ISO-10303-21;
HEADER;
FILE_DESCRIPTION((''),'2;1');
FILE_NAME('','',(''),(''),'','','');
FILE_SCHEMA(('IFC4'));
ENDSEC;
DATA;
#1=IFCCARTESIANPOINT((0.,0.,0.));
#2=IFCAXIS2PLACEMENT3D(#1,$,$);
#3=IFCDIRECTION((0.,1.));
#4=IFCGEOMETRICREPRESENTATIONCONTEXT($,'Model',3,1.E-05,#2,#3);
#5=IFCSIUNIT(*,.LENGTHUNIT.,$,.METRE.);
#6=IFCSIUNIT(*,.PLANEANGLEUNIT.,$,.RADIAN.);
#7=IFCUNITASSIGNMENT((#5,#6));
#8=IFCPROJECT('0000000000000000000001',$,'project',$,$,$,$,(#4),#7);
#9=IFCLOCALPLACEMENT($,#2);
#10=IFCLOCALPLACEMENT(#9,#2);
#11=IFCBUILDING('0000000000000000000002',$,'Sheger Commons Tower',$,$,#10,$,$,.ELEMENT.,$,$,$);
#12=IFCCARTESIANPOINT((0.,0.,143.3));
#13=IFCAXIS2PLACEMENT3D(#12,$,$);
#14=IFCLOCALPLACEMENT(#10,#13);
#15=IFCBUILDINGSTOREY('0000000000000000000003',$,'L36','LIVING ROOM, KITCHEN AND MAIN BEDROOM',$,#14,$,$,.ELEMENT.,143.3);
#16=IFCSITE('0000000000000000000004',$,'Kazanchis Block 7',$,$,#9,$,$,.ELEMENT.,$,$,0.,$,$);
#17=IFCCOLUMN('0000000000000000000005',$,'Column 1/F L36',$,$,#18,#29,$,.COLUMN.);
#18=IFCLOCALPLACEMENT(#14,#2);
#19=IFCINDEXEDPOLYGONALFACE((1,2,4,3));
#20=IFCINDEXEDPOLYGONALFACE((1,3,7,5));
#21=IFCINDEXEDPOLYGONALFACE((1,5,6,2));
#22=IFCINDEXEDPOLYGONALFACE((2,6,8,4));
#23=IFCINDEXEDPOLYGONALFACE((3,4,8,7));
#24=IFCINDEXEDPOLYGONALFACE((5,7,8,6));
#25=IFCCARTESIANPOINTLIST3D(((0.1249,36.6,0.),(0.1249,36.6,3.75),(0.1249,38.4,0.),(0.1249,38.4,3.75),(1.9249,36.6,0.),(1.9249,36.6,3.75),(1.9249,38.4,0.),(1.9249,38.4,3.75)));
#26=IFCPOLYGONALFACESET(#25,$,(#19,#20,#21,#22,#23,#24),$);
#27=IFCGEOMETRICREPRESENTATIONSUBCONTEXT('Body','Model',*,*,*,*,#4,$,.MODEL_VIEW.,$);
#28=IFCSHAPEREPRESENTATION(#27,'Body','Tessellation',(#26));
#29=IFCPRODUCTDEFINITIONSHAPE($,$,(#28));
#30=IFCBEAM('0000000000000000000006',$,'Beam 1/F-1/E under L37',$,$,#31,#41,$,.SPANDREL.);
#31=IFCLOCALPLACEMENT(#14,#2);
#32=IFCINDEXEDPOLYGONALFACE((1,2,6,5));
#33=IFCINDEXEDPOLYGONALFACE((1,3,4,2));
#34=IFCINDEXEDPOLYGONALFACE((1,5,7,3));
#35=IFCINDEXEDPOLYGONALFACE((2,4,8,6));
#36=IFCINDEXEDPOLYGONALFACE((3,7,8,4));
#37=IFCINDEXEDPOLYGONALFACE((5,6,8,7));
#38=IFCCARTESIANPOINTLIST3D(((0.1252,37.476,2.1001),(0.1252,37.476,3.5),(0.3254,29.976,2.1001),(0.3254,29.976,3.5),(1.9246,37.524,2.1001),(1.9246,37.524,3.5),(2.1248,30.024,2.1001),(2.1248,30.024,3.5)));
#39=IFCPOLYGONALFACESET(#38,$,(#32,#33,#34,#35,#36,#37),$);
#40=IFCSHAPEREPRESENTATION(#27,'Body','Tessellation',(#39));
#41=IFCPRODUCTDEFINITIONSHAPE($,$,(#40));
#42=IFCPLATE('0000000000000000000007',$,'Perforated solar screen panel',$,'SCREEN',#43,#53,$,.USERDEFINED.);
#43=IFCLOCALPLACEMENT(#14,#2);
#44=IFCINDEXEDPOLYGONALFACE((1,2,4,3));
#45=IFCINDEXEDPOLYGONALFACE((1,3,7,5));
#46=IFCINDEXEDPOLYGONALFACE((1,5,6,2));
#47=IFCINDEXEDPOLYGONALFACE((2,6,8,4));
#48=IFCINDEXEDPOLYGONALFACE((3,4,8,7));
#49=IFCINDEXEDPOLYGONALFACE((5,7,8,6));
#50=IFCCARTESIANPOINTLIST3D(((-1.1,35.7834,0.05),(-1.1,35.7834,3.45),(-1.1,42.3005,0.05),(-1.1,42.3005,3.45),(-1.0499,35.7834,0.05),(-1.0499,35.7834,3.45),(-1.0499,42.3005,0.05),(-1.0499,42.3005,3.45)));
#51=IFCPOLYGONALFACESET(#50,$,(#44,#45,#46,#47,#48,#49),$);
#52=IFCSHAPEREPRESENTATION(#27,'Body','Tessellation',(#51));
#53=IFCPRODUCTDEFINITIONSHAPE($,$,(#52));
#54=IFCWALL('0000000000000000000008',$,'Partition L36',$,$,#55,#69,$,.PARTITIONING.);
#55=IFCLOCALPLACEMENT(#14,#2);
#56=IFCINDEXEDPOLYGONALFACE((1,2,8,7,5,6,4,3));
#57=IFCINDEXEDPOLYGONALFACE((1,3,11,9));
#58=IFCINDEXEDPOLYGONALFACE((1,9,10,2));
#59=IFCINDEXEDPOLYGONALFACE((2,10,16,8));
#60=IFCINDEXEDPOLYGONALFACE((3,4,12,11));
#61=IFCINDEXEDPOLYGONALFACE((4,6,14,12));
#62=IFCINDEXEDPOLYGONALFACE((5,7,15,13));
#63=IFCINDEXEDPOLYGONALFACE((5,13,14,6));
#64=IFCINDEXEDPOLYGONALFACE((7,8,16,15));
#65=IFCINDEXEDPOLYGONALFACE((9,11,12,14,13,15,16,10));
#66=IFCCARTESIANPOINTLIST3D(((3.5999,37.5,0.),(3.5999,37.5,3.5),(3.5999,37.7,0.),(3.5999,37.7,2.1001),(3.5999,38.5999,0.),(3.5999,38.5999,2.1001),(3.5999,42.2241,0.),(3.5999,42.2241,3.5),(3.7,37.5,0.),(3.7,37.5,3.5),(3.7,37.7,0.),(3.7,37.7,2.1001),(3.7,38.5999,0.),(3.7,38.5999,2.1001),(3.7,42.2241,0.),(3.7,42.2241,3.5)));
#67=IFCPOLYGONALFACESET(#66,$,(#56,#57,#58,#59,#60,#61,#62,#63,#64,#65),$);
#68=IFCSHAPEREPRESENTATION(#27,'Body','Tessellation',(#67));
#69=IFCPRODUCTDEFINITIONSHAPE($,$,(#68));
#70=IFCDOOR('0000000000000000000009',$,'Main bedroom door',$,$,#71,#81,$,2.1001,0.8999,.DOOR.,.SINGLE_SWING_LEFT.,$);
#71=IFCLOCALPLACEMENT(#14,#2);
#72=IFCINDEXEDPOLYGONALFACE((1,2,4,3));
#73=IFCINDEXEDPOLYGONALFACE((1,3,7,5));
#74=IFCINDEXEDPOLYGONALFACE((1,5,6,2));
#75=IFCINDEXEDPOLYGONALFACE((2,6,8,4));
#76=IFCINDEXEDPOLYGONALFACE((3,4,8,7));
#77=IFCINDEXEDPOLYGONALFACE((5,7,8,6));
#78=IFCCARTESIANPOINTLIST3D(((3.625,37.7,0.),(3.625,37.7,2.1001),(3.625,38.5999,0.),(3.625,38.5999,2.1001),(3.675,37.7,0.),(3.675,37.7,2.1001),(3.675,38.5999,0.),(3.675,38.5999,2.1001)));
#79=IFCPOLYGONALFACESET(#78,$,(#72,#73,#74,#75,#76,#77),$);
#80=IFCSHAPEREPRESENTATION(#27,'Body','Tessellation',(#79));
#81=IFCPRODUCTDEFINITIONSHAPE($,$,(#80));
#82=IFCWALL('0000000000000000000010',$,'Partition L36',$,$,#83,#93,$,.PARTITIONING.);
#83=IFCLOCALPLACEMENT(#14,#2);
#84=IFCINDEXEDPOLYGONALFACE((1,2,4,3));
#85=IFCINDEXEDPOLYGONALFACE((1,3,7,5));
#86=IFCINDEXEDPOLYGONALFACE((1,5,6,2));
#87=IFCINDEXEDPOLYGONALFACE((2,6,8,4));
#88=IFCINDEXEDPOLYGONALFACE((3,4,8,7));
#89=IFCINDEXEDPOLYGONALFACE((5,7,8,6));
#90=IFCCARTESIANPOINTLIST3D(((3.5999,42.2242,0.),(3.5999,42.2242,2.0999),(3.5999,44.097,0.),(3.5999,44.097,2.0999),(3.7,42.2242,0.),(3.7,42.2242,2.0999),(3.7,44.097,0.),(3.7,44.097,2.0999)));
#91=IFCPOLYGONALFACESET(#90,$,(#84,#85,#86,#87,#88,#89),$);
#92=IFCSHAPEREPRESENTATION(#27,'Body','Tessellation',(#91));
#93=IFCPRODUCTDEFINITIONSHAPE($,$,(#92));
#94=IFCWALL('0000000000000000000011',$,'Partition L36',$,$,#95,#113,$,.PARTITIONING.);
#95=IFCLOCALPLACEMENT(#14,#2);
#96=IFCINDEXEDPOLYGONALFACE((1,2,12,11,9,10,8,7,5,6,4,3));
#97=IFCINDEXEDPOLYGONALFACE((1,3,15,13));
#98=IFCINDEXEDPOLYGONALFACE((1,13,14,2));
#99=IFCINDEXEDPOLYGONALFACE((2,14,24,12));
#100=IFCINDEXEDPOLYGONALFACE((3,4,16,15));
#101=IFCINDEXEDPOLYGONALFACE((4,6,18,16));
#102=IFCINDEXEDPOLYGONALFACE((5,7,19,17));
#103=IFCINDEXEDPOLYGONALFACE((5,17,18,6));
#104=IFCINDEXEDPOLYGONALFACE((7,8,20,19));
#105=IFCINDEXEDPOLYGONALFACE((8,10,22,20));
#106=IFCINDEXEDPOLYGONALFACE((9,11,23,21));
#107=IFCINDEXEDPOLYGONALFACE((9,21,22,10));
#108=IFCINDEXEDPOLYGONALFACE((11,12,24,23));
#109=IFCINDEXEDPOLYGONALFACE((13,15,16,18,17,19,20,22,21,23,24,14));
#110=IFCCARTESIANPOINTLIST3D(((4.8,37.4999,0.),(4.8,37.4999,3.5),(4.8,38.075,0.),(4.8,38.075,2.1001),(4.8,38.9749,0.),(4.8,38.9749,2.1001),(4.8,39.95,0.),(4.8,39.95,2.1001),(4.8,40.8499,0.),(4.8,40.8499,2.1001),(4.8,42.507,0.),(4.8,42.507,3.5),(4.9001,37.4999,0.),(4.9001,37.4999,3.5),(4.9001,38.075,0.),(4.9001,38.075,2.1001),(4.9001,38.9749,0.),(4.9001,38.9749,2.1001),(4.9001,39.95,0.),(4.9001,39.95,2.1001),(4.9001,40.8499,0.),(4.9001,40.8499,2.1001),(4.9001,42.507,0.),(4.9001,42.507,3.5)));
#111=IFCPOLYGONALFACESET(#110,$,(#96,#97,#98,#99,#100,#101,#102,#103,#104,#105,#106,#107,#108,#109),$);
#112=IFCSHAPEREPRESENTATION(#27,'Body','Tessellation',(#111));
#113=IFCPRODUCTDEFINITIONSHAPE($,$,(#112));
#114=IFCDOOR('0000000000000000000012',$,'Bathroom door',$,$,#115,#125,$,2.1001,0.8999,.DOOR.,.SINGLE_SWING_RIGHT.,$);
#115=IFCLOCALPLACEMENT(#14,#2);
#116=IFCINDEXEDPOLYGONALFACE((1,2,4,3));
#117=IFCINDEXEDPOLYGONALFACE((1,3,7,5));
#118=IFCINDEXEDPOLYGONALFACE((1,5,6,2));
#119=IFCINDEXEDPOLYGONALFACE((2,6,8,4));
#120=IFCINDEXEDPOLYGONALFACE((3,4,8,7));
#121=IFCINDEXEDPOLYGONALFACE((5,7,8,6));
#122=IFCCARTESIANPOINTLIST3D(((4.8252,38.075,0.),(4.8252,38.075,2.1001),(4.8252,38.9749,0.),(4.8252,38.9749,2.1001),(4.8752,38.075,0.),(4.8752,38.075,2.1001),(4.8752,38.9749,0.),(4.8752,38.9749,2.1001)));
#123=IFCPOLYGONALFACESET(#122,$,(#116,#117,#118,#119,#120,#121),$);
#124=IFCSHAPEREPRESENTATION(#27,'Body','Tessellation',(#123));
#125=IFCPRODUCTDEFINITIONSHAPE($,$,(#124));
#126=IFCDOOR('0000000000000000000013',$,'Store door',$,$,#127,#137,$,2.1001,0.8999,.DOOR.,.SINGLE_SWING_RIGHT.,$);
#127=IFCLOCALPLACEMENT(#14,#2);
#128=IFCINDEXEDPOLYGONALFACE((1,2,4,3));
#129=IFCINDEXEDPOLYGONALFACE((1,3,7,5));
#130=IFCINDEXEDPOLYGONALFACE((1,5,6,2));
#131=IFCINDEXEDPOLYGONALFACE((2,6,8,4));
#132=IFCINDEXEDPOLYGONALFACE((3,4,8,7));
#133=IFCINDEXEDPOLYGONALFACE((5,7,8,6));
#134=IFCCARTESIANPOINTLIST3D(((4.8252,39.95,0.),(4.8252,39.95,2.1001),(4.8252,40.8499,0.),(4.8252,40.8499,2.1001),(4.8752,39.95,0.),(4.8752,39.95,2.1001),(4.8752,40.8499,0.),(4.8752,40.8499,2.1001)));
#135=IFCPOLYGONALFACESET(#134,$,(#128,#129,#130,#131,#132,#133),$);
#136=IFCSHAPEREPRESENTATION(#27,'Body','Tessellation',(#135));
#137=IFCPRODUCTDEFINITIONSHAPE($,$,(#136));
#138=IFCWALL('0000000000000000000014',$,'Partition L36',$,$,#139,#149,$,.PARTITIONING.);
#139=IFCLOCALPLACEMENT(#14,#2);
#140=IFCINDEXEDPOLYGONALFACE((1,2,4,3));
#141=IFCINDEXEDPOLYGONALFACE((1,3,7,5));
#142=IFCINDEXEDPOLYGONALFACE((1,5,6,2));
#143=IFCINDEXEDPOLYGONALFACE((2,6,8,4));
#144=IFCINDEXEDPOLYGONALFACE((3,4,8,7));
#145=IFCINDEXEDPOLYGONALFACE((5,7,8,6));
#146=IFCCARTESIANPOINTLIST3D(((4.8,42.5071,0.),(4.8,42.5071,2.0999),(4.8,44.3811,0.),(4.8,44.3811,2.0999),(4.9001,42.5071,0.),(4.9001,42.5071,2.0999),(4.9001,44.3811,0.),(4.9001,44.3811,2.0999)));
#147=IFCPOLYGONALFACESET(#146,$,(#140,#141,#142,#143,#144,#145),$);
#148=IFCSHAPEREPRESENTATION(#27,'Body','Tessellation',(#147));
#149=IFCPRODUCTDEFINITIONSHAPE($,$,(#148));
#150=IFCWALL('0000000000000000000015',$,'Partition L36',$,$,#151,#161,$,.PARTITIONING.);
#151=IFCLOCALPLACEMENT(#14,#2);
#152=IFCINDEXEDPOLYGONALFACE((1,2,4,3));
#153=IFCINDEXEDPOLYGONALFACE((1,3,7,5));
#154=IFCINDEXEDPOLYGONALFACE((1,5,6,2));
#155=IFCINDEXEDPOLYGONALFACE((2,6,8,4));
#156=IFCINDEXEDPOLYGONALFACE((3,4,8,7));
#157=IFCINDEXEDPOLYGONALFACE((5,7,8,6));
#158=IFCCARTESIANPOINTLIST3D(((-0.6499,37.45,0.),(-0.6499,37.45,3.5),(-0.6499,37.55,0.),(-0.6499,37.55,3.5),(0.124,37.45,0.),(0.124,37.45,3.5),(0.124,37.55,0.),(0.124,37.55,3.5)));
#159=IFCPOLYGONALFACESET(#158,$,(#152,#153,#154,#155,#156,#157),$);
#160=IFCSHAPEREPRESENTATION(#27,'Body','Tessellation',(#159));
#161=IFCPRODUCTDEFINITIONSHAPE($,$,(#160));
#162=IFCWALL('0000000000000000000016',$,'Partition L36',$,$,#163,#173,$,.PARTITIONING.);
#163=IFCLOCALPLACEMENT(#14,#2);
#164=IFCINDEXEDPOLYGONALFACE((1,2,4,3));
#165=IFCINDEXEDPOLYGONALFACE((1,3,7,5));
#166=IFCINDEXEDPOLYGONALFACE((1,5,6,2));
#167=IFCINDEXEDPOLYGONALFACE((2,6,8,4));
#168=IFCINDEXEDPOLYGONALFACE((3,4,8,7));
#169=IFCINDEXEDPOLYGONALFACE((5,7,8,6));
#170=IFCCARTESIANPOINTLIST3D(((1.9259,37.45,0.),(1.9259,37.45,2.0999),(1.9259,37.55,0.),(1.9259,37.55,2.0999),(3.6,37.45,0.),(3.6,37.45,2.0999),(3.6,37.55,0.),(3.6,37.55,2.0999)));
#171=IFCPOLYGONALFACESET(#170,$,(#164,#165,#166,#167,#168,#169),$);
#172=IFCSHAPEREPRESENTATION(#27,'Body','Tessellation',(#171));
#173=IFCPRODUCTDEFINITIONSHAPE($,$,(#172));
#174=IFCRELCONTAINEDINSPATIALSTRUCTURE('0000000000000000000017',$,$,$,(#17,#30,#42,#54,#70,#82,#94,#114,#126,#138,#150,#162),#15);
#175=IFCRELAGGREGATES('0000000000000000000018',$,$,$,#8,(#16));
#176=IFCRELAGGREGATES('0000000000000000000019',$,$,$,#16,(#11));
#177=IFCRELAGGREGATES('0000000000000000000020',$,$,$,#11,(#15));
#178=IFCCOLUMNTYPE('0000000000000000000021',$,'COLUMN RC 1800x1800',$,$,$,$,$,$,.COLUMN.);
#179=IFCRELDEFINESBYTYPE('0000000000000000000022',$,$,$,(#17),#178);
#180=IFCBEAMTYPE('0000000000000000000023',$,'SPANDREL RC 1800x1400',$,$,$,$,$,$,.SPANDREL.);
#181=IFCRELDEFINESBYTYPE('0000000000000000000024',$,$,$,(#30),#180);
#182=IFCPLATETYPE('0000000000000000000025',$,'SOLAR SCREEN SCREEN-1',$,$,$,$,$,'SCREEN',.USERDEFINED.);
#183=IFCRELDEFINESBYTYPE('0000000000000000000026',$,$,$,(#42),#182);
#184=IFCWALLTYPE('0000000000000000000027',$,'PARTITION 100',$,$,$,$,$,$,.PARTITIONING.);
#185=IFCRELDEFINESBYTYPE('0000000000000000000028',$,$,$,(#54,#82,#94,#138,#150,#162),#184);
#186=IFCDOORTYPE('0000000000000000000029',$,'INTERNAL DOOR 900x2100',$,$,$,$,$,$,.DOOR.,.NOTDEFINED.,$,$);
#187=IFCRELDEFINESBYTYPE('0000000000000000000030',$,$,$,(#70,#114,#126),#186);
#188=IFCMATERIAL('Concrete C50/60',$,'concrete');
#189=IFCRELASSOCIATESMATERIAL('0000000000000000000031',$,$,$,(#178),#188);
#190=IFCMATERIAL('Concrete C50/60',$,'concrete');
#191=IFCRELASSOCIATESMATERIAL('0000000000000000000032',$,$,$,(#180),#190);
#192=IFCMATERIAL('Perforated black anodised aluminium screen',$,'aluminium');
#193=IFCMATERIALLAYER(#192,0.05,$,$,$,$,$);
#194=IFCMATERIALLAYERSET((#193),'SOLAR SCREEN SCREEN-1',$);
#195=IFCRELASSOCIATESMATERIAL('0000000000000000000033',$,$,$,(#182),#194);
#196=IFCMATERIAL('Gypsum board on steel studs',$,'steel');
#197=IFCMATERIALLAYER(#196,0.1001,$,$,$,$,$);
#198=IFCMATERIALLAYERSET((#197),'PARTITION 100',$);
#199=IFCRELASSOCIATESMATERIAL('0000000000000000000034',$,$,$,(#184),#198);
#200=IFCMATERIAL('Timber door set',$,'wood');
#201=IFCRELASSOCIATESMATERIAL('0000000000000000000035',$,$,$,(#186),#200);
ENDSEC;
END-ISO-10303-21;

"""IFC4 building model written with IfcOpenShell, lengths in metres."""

from ifc_helpers import new_model, si_unit, direction, frame, frame_2d, origin, origin_2d, place, context, subcontext, project, spatial, rectangle, extrude, material, layer, layer_set, material_profile, profile_set, type_object, element, fill, save


model = new_model("IFC4")

# Units and contexts
model_context = context("Model", 3, precision=1e-05, world=origin(), true_north=direction((0.0, 1.0)))
body_context = subcontext(model_context, "Body", "Model", "MODEL_VIEW")
ifc_project = project(units=[si_unit("LENGTHUNIT", "METRE"), si_unit("PLANEANGLEUNIT", "RADIAN")], contexts=[model_context])

# Site, building, storey
site_placement = place(None, origin())
site = spatial("IfcSite", under=ifc_project, at=site_placement, Name="Kazanchis Block 7", CompositionType="ELEMENT", RefElevation=0.0)
building_placement = place(site_placement, origin())
building = spatial("IfcBuilding", under=site, at=building_placement, Name="Sheger Commons Tower", CompositionType="ELEMENT")
storey_placement = place(building_placement, frame((0.0, 0.0, 143.3)))
storey = spatial("IfcBuildingStorey", under=building, at=storey_placement, Name="L36", Description="LIVING ROOM, KITCHEN AND MAIN BEDROOM", CompositionType="ELEMENT", Elevation=143.3)

# Column
ifc_material_1 = material(Name="Concrete C50/60", Category="concrete")
ifc_material_profile_1 = material_profile(ifc_material_1, rectangle(XDim=1.8, YDim=1.8, at=origin_2d()), Name="RC 1800x1800")
ifc_profile_set_1 = profile_set([ifc_material_profile_1], Name="Concrete C50/60")
column_type = type_object("IfcColumnType", Name="COLUMN RC 1800x1800", PredefinedType="COLUMN", material=ifc_profile_set_1)
column_placement = place(storey_placement, frame((1.0249, 37.5, 0.0), z_axis=(0.0, 0.0, 1.0), x_axis=(1.0, 0.0, 0.0)))
element("IfcColumn", 1, at=column_placement, inside=storey, type_object=column_type, Name="Column 1/F L36", PredefinedType="COLUMN", context=body_context, shape_type="SweptSolid", body=[
    extrude(rectangle(XDim=1.8, YDim=1.8, at=origin_2d()), origin(), (0.0, 0.0, 1.0), 3.75),
])

# Beam
ifc_material_2 = material(Name="Concrete C50/60", Category="concrete")
ifc_material_profile_2 = material_profile(ifc_material_2, rectangle(XDim=1.8, YDim=1.3999, at=origin_2d()), Name="RC 1800x1400")
ifc_profile_set_2 = profile_set([ifc_material_profile_2], Name="Concrete C50/60")
beam_type = type_object("IfcBeamType", Name="SPANDREL RC 1800x1400", PredefinedType="SPANDREL", material=ifc_profile_set_2)
beam_placement = place(storey_placement, frame((1.0249, 37.5, 2.8), z_axis=(0.026683, -0.999644, 0.0), x_axis=(0.999644, 0.026683, 0.0)))
element("IfcBeam", 2, at=beam_placement, inside=storey, type_object=beam_type, Name="Beam 1/F-1/E under L37", PredefinedType="SPANDREL", context=body_context, shape_type="SweptSolid", body=[
    extrude(rectangle(XDim=1.8, YDim=1.3999, at=origin_2d()), origin(), (0.0, 0.0, 1.0), 7.5027),
])

# Plate
ifc_material_3 = material(Name="Perforated black anodised aluminium screen", Category="aluminium")
ifc_layer_1 = layer(ifc_material_3, 0.05)
ifc_layer_set_1 = layer_set([ifc_layer_1], Name="SOLAR SCREEN SCREEN-1")
plate_type = type_object("IfcPlateType", Name="SOLAR SCREEN SCREEN-1", ElementType="SCREEN", PredefinedType="USERDEFINED", material=ifc_layer_set_1)
plate_placement = place(storey_placement, frame((-1.075, 39.042, 0.05), z_axis=(0.0, 0.0, 1.0), x_axis=(0.0, -1.0, 0.0)))
element("IfcPlate", 3, at=plate_placement, inside=storey, type_object=plate_type, Name="Perforated solar screen panel", ObjectType="SCREEN", PredefinedType="USERDEFINED", context=body_context, shape_type="SweptSolid", body=[
    extrude(rectangle(XDim=6.5171, YDim=0.05, at=origin_2d()), origin(), (0.0, 0.0, 1.0), 3.3999),
])

# Wall, opening, door
ifc_material_4 = material(Name="Gypsum board on steel studs", Category="steel")
ifc_layer_2 = layer(ifc_material_4, 0.1001)
ifc_layer_set_2 = layer_set([ifc_layer_2], Name="PARTITION 100")
wall_type = type_object("IfcWallType", Name="PARTITION 100", PredefinedType="PARTITIONING", material=ifc_layer_set_2)
wall_1_placement = place(storey_placement, frame((3.6499, 37.5, 0.0), z_axis=(0.0, 0.0, 1.0), x_axis=(0.0, 1.0, 0.0)))
wall_1 = element("IfcWall", 4, at=wall_1_placement, inside=storey, type_object=wall_type, Name="Partition L36", PredefinedType="PARTITIONING", context=body_context, shape_type="SweptSolid", body=[
    extrude(rectangle(XDim=4.7241, YDim=0.1001, at=frame_2d((2.3621, 0.0))), origin(), (0.0, 0.0, 1.0), 3.5),
])
opening_1_placement = place(wall_1_placement, frame((0.2, 0.0, 0.0)))
opening_1 = element("IfcOpeningElement", 5, at=opening_1_placement, cuts=wall_1, PredefinedType="OPENING", context=body_context, shape_type="SweptSolid", body=[
    extrude(rectangle(XDim=0.8999, YDim=2.1001, at=frame_2d((0.45, 1.05))), frame((0.0, 0.0601, 0.0), z_axis=(0.0, -1.0, 0.0), x_axis=(1.0, 0.0, 0.0)), (0.0, 0.0, 1.0), 0.1201),
])
ifc_material_5 = material(Name="Timber door set", Category="wood")
door_type = type_object("IfcDoorType", Name="INTERNAL DOOR 900x2100", OperationType="NOTDEFINED", PredefinedType="DOOR", material=ifc_material_5)
door_1_placement = place(opening_1_placement, origin())
door_1 = element("IfcDoor", 6, at=door_1_placement, inside=storey, type_object=door_type, Name="Main bedroom door", OperationType="SINGLE_SWING_LEFT", OverallHeight=2.1001, OverallWidth=0.8999, PredefinedType="DOOR", context=body_context, shape_type="SweptSolid", body=[
    extrude(rectangle(XDim=0.8999, YDim=2.1001, at=frame_2d((0.45, 1.05))), frame((0.0, 0.0249, 0.0), z_axis=(0.0, -1.0, 0.0), x_axis=(1.0, 0.0, 0.0)), (0.0, 0.0, 1.0), 0.05),
])
fill(opening_1, door_1)

# Wall
wall_2_placement = place(storey_placement, frame((3.6499, 42.2241, 0.0), z_axis=(0.0, 0.0, 1.0), x_axis=(0.0, 1.0, 0.0)))
element("IfcWall", 7, at=wall_2_placement, inside=storey, type_object=wall_type, Name="Partition L36", PredefinedType="PARTITIONING", context=body_context, shape_type="SweptSolid", body=[
    extrude(rectangle(XDim=1.8728, YDim=0.1001, at=frame_2d((0.9365, 0.0))), origin(), (0.0, 0.0, 1.0), 2.0999),
])

# Wall, openings, doors
wall_3_placement = place(storey_placement, frame((4.8501, 37.5, 0.0), z_axis=(0.0, 0.0, 1.0), x_axis=(0.0, 1.0, 0.0)))
wall_3 = element("IfcWall", 8, at=wall_3_placement, inside=storey, type_object=wall_type, Name="Partition L36", PredefinedType="PARTITIONING", context=body_context, shape_type="SweptSolid", body=[
    extrude(rectangle(XDim=5.0071, YDim=0.1001, at=frame_2d((2.5034, 0.0))), origin(), (0.0, 0.0, 1.0), 3.5),
])
opening_2_placement = place(wall_3_placement, frame((0.575, 0.0, 0.0)))
opening_2 = element("IfcOpeningElement", 9, at=opening_2_placement, cuts=wall_3, PredefinedType="OPENING", context=body_context, shape_type="SweptSolid", body=[
    extrude(rectangle(XDim=0.8999, YDim=2.1001, at=frame_2d((0.45, 1.05))), frame((0.0, 0.0601, 0.0), z_axis=(0.0, -1.0, 0.0), x_axis=(1.0, 0.0, 0.0)), (0.0, 0.0, 1.0), 0.1201),
])
opening_3_placement = place(wall_3_placement, frame((2.45, 0.0, 0.0)))
opening_3 = element("IfcOpeningElement", 10, at=opening_3_placement, cuts=wall_3, PredefinedType="OPENING", context=body_context, shape_type="SweptSolid", body=[
    extrude(rectangle(XDim=0.8999, YDim=2.1001, at=frame_2d((0.45, 1.05))), frame((0.0, 0.0601, 0.0), z_axis=(0.0, -1.0, 0.0), x_axis=(1.0, 0.0, 0.0)), (0.0, 0.0, 1.0), 0.1201),
])
door_2_placement = place(opening_2_placement, origin())
door_2 = element("IfcDoor", 11, at=door_2_placement, inside=storey, type_object=door_type, Name="Bathroom door", OperationType="SINGLE_SWING_RIGHT", OverallHeight=2.1001, OverallWidth=0.8999, PredefinedType="DOOR", context=body_context, shape_type="SweptSolid", body=[
    extrude(rectangle(XDim=0.8999, YDim=2.1001, at=frame_2d((0.45, 1.05))), frame((0.0, 0.0249, 0.0), z_axis=(0.0, -1.0, 0.0), x_axis=(1.0, 0.0, 0.0)), (0.0, 0.0, 1.0), 0.05),
])
fill(opening_2, door_2)
door_3_placement = place(opening_3_placement, origin())
door_3 = element("IfcDoor", 12, at=door_3_placement, inside=storey, type_object=door_type, Name="Store door", OperationType="SINGLE_SWING_RIGHT", OverallHeight=2.1001, OverallWidth=0.8999, PredefinedType="DOOR", context=body_context, shape_type="SweptSolid", body=[
    extrude(rectangle(XDim=0.8999, YDim=2.1001, at=frame_2d((0.45, 1.05))), frame((0.0, 0.0249, 0.0), z_axis=(0.0, -1.0, 0.0), x_axis=(1.0, 0.0, 0.0)), (0.0, 0.0, 1.0), 0.05),
])
fill(opening_3, door_3)

# Walls
wall_4_placement = place(storey_placement, frame((4.8501, 42.5071, 0.0), z_axis=(0.0, 0.0, 1.0), x_axis=(0.0, 1.0, 0.0)))
element("IfcWall", 13, at=wall_4_placement, inside=storey, type_object=wall_type, Name="Partition L36", PredefinedType="PARTITIONING", context=body_context, shape_type="SweptSolid", body=[
    extrude(rectangle(XDim=1.874, YDim=0.1001, at=frame_2d((0.937, 0.0))), origin(), (0.0, 0.0, 1.0), 2.0999),
])
wall_5_placement = place(storey_placement, frame((-0.6499, 37.5, 0.0), z_axis=(0.0, 0.0, 1.0), x_axis=(1.0, 0.0, 0.0)))
element("IfcWall", 14, at=wall_5_placement, inside=storey, type_object=wall_type, Name="Partition L36", PredefinedType="PARTITIONING", context=body_context, shape_type="SweptSolid", body=[
    extrude(rectangle(XDim=0.7739, YDim=0.1001, at=frame_2d((0.387, 0.0))), origin(), (0.0, 0.0, 1.0), 3.5),
])
wall_6_placement = place(storey_placement, frame((1.926, 37.5, 0.0), z_axis=(0.0, 0.0, 1.0), x_axis=(1.0, 0.0, 0.0)))
element("IfcWall", 15, at=wall_6_placement, inside=storey, type_object=wall_type, Name="Partition L36", PredefinedType="PARTITIONING", context=body_context, shape_type="SweptSolid", body=[
    extrude(rectangle(XDim=1.6741, YDim=0.1001, at=frame_2d((0.8369, 0.0))), origin(), (0.0, 0.0, 1.0), 2.0999),
])

save(model, "model.ifc")
